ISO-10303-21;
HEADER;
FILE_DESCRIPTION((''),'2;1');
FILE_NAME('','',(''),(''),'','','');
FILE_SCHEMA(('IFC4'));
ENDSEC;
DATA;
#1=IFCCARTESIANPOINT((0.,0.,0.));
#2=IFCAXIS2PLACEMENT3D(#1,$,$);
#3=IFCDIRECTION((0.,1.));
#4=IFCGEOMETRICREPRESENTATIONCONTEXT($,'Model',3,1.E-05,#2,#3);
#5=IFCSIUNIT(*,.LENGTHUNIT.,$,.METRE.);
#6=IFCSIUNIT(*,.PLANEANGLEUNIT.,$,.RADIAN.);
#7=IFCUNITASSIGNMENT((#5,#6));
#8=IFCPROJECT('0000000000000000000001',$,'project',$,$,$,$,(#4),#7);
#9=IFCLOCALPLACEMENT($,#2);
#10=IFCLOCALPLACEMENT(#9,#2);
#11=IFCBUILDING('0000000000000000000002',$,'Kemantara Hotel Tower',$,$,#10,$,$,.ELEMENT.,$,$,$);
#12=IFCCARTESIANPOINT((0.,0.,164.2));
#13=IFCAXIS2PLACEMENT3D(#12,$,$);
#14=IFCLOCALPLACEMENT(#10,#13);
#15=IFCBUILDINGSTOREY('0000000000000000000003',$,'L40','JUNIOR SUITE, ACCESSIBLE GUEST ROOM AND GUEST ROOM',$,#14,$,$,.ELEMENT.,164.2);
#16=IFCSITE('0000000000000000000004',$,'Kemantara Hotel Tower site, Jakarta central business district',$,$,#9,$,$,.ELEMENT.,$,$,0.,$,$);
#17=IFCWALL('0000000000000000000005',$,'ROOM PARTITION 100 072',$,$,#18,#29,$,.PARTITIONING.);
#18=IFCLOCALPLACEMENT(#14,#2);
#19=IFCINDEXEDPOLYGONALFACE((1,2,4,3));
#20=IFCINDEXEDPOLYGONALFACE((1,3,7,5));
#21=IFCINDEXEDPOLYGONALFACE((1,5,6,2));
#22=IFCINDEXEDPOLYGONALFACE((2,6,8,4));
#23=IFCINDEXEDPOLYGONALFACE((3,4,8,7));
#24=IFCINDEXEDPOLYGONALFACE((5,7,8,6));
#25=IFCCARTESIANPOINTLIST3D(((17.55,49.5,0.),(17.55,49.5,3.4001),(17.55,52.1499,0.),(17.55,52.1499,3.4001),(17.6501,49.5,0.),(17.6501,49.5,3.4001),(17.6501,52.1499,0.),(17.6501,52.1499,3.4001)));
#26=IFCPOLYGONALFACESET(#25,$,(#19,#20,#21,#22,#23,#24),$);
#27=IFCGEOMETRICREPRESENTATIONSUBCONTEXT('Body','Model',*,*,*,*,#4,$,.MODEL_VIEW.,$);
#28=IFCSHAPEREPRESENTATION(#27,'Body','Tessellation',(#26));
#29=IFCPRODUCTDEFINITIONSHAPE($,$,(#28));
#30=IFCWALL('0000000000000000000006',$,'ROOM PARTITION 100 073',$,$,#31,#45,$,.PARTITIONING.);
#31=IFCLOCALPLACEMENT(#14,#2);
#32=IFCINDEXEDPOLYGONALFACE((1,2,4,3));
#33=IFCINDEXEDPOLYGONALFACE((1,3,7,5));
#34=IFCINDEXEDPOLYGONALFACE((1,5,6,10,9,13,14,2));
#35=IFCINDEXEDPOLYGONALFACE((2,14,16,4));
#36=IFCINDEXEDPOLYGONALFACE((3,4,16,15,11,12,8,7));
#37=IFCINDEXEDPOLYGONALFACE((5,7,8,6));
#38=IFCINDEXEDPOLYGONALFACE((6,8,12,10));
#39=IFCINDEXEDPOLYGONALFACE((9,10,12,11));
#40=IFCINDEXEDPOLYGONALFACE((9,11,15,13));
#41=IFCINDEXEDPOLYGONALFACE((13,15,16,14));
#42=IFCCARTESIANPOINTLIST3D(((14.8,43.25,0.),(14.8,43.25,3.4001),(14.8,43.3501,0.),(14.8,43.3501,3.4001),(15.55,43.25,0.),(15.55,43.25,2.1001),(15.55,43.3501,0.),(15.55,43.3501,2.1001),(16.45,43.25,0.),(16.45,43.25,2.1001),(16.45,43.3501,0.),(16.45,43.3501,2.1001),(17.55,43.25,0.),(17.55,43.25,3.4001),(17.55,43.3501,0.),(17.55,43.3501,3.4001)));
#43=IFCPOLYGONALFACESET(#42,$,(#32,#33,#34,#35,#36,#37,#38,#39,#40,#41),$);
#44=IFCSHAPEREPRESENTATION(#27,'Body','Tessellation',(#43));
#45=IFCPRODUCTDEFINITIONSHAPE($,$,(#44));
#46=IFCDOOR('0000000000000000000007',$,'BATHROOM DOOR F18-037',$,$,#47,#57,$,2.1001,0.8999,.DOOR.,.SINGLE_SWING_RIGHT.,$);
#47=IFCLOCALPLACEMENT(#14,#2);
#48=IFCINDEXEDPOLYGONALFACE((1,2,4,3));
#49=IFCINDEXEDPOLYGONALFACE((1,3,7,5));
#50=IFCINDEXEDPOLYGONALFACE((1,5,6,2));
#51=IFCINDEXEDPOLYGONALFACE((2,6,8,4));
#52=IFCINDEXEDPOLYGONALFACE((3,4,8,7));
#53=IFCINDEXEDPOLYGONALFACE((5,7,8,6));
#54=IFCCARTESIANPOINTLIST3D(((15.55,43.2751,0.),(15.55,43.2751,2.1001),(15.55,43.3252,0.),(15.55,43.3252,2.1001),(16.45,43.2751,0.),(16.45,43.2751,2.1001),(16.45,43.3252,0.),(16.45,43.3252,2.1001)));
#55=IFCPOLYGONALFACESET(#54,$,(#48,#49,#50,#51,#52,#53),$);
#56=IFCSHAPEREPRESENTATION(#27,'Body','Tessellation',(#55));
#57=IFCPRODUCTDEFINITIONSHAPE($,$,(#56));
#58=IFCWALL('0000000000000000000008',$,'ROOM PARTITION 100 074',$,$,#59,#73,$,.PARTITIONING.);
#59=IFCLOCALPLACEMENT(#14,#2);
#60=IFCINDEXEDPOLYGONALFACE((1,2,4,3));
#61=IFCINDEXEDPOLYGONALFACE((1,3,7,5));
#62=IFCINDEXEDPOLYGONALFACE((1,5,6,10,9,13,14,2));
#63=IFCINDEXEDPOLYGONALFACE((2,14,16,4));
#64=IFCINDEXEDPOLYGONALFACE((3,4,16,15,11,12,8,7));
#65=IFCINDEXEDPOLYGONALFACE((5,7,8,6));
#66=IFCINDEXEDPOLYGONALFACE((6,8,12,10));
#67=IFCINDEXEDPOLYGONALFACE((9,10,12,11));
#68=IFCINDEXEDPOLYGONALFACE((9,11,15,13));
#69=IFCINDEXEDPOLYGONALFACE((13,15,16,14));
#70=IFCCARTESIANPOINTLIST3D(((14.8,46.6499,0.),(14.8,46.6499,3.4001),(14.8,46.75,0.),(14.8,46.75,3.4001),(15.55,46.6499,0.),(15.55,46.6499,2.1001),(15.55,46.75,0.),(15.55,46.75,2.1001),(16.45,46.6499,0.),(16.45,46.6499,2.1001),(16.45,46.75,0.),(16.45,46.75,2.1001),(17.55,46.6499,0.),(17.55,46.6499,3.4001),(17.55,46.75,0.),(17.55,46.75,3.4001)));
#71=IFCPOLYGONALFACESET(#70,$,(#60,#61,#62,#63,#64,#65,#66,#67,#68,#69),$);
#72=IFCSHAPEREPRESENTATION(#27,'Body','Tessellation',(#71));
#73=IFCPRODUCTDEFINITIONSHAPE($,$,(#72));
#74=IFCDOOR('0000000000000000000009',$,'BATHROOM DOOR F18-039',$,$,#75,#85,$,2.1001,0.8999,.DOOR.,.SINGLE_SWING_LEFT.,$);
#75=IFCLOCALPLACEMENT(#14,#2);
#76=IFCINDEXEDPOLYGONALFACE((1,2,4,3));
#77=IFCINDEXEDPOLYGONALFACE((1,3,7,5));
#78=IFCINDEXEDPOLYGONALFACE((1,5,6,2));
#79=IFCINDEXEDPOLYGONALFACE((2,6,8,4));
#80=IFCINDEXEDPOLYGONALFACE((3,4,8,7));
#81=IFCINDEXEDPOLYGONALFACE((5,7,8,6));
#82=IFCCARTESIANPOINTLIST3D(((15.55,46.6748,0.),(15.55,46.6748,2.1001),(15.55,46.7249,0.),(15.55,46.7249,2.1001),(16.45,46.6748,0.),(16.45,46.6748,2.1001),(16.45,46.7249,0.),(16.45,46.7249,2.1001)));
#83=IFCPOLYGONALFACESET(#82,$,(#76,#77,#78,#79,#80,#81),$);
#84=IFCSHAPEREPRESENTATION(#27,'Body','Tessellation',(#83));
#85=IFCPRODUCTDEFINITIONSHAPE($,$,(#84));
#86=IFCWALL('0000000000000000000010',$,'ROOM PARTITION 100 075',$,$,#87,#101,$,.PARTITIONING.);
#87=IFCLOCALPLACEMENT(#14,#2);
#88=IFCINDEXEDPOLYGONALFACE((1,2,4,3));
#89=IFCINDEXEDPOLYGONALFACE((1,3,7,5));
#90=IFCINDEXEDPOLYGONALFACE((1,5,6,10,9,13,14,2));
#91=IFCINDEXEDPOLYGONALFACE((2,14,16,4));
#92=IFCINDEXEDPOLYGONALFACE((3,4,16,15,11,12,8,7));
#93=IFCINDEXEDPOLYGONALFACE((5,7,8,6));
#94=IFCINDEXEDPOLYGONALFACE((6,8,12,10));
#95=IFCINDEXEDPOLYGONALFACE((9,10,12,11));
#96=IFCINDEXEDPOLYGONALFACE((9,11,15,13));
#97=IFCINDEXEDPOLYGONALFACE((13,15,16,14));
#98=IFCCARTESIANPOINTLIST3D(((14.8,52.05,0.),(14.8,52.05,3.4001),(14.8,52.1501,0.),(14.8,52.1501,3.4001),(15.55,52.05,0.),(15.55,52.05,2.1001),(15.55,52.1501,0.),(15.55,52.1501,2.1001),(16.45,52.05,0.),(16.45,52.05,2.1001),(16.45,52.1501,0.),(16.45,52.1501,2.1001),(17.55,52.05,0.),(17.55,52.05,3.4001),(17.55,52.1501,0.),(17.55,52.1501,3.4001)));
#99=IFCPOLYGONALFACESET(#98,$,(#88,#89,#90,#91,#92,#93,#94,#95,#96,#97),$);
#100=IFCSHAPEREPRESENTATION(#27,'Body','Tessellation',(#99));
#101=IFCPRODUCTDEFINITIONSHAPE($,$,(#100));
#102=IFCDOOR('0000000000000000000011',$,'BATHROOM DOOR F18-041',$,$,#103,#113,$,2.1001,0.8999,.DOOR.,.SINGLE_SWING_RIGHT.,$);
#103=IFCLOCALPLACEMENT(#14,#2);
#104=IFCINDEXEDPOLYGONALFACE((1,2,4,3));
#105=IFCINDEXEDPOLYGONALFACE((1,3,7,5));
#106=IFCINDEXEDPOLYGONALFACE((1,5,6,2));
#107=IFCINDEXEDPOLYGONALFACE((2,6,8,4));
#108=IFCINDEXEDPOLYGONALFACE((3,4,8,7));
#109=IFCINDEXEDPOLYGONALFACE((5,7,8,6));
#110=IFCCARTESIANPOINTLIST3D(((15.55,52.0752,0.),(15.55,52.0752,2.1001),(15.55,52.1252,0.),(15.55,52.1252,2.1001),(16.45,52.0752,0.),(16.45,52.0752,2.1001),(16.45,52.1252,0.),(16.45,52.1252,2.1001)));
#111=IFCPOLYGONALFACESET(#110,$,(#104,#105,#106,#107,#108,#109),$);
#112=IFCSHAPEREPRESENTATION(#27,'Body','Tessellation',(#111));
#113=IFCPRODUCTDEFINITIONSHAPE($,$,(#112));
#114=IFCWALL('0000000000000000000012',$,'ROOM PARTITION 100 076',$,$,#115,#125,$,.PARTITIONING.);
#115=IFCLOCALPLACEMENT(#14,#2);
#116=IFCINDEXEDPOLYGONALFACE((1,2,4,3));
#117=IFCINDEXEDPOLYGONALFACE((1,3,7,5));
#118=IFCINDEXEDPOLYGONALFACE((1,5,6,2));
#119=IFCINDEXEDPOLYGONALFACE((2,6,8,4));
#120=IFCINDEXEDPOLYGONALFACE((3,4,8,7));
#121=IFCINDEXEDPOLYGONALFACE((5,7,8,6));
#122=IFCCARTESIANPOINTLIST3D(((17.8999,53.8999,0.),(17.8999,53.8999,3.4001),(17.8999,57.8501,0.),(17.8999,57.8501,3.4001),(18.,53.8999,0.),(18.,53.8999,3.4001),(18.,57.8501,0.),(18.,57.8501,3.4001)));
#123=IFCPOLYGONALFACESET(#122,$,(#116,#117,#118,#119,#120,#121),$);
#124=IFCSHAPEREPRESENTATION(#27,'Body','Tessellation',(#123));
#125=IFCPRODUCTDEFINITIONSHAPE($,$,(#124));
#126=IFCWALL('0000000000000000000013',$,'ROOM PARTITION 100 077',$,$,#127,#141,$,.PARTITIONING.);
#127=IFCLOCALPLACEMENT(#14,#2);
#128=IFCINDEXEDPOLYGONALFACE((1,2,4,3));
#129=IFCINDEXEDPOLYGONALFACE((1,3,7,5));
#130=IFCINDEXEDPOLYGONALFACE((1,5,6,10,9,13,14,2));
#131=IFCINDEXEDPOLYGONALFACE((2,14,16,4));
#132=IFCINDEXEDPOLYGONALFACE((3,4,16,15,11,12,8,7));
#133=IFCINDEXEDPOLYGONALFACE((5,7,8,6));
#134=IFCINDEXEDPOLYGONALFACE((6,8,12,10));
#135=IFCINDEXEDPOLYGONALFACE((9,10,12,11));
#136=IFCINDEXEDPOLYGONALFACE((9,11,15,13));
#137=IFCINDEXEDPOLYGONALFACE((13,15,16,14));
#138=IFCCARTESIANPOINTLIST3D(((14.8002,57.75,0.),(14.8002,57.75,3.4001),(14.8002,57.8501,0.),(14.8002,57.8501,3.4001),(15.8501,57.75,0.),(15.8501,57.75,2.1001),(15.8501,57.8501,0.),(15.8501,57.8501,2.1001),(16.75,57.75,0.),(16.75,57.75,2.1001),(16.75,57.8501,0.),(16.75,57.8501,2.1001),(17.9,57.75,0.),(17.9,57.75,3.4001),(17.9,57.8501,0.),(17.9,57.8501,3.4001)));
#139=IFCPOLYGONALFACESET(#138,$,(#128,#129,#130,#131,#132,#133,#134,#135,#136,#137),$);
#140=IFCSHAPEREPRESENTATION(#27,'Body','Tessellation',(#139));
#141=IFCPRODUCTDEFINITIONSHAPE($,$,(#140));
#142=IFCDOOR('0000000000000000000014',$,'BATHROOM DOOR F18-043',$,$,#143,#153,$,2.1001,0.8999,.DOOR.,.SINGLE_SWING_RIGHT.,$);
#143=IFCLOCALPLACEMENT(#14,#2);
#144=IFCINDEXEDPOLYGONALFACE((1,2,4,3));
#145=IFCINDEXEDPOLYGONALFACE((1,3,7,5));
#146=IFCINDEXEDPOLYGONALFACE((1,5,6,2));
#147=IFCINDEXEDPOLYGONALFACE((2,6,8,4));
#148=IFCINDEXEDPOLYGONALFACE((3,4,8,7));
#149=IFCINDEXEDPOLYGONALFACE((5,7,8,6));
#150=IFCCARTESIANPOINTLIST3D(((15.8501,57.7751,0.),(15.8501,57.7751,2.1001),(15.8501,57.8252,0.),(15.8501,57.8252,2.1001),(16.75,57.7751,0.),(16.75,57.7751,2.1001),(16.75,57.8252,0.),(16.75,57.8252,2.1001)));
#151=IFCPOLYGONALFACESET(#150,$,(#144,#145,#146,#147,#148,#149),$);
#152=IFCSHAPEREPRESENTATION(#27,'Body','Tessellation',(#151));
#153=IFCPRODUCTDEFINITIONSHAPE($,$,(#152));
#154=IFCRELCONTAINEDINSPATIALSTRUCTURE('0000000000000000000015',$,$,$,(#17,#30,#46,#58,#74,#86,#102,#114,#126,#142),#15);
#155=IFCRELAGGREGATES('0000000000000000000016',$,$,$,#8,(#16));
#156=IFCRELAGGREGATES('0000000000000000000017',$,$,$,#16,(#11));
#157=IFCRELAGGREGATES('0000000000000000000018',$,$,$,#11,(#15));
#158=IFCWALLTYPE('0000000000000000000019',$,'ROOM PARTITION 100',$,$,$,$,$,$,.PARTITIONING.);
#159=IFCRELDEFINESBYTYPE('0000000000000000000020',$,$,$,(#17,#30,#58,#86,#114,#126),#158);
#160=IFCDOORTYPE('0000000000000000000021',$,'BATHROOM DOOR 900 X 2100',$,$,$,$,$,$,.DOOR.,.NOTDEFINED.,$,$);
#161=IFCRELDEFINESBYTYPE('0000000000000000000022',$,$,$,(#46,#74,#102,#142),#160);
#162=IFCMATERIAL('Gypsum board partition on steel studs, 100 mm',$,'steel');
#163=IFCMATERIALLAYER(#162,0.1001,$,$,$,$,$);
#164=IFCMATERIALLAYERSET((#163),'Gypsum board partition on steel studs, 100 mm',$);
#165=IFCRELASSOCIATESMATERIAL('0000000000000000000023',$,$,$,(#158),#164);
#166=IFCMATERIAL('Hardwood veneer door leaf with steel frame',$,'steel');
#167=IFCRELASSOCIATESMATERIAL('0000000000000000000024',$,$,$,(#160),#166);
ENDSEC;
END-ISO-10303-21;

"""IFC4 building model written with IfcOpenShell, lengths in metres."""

from ifc_helpers import new_model, si_unit, direction, frame, frame_2d, origin, place, context, subcontext, project, spatial, rectangle, extrude, material, layer, layer_set, type_object, element, fill, save


model = new_model("IFC4")

# Units and contexts
model_context = context("Model", 3, precision=1e-05, world=origin(), true_north=direction((0.0, 1.0)))
body_context = subcontext(model_context, "Body", "Model", "MODEL_VIEW")
ifc_project = project(units=[si_unit("LENGTHUNIT", "METRE"), si_unit("PLANEANGLEUNIT", "RADIAN")], contexts=[model_context])

# Site, building, storey
site_placement = place(None, origin())
site = spatial("IfcSite", under=ifc_project, at=site_placement, Name="Kemantara Hotel Tower site, Jakarta central business district", CompositionType="ELEMENT", RefElevation=0.0)
building_placement = place(site_placement, origin())
building = spatial("IfcBuilding", under=site, at=building_placement, Name="Kemantara Hotel Tower", CompositionType="ELEMENT")
storey_placement = place(building_placement, frame((0.0, 0.0, 164.2)))
storey = spatial("IfcBuildingStorey", under=building, at=storey_placement, Name="L40", Description="JUNIOR SUITE, ACCESSIBLE GUEST ROOM AND GUEST ROOM", CompositionType="ELEMENT", Elevation=164.2)

# Shared definitions
ifc_material_1 = material(Name="Gypsum board partition on steel studs, 100 mm", Category="steel")
ifc_layer_1 = layer(ifc_material_1, 0.1001)
ifc_layer_set_1 = layer_set([ifc_layer_1], Name="Gypsum board partition on steel studs, 100 mm")
wall_type_1 = type_object("IfcWallType", Name="ROOM PARTITION 100", PredefinedType="PARTITIONING", material=ifc_layer_set_1)

# Shared definitions
ifc_material_2 = material(Name="Hardwood veneer door leaf with steel frame", Category="steel")

# Wall
wall_1_placement = place(storey_placement, frame((17.6001, 49.5, 0.0), z_axis=(0.0, 0.0, 1.0), x_axis=(0.0, 1.0, 0.0)))
element("IfcWall", 1, at=wall_1_placement, inside=storey, type_object=wall_type_1, Name="ROOM PARTITION 100 072", PredefinedType="PARTITIONING", context=body_context, shape_type="SweptSolid", body=[
    extrude(rectangle(XDim=2.6499, YDim=0.1001, at=frame_2d((1.325, 0.0))), origin(), (0.0, 0.0, 1.0), 3.4001),
])

# Walls, openings, doors
wall_2_placement = place(storey_placement, frame((17.55, 43.3, 0.0), z_axis=(0.0, 0.0, 1.0), x_axis=(-1.0, 0.0, 0.0)))
wall_2 = element("IfcWall", 2, at=wall_2_placement, inside=storey, type_object=wall_type_1, Name="ROOM PARTITION 100 073", PredefinedType="PARTITIONING", context=body_context, shape_type="SweptSolid", body=[
    extrude(rectangle(XDim=2.75, YDim=0.1001, at=frame_2d((1.375, 0.0))), origin(), (0.0, 0.0, 1.0), 3.4001),
])
opening_1_placement = place(wall_2_placement, frame((1.1001, 0.0, 0.0)))
opening_1 = element("IfcOpeningElement", 3, at=opening_1_placement, cuts=wall_2, PredefinedType="OPENING", context=body_context, shape_type="SweptSolid", body=[
    extrude(rectangle(XDim=0.8999, YDim=2.1001, at=frame_2d((0.45, 1.05))), frame((0.0, 0.0601, 0.0), z_axis=(0.0, -1.0, 0.0), x_axis=(1.0, 0.0, 0.0)), (0.0, 0.0, 1.0), 0.1201),
])
door_type_1 = type_object("IfcDoorType", Name="BATHROOM DOOR 900 X 2100", OperationType="NOTDEFINED", PredefinedType="DOOR", material=ifc_material_2)
door_1_placement = place(opening_1_placement, origin())
door_1 = element("IfcDoor", 4, at=door_1_placement, inside=storey, type_object=door_type_1, Name="BATHROOM DOOR F18-037", OperationType="SINGLE_SWING_RIGHT", OverallHeight=2.1001, OverallWidth=0.8999, PredefinedType="DOOR", context=body_context, shape_type="SweptSolid", body=[
    extrude(rectangle(XDim=0.8999, YDim=2.1001, at=frame_2d((0.45, 1.05))), frame((0.0, 0.0249, 0.0), z_axis=(0.0, -1.0, 0.0), x_axis=(1.0, 0.0, 0.0)), (0.0, 0.0, 1.0), 0.05),
])
fill(opening_1, door_1)
wall_3_placement = place(storey_placement, frame((14.8, 46.7, 0.0), z_axis=(0.0, 0.0, 1.0), x_axis=(1.0, 0.0, 0.0)))
wall_3 = element("IfcWall", 5, at=wall_3_placement, inside=storey, type_object=wall_type_1, Name="ROOM PARTITION 100 074", PredefinedType="PARTITIONING", context=body_context, shape_type="SweptSolid", body=[
    extrude(rectangle(XDim=2.75, YDim=0.1001, at=frame_2d((1.375, 0.0))), origin(), (0.0, 0.0, 1.0), 3.4001),
])
opening_2_placement = place(wall_3_placement, frame((0.75, 0.0, 0.0)))
opening_2 = element("IfcOpeningElement", 6, at=opening_2_placement, cuts=wall_3, PredefinedType="OPENING", context=body_context, shape_type="SweptSolid", body=[
    extrude(rectangle(XDim=0.8999, YDim=2.1001, at=frame_2d((0.45, 1.05))), frame((0.0, 0.0601, 0.0), z_axis=(0.0, -1.0, 0.0), x_axis=(1.0, 0.0, 0.0)), (0.0, 0.0, 1.0), 0.1201),
])
door_2_placement = place(opening_2_placement, origin())
door_2 = element("IfcDoor", 7, at=door_2_placement, inside=storey, type_object=door_type_1, Name="BATHROOM DOOR F18-039", OperationType="SINGLE_SWING_LEFT", OverallHeight=2.1001, OverallWidth=0.8999, PredefinedType="DOOR", context=body_context, shape_type="SweptSolid", body=[
    extrude(rectangle(XDim=0.8999, YDim=2.1001, at=frame_2d((0.45, 1.05))), frame((0.0, 0.0249, 0.0), z_axis=(0.0, -1.0, 0.0), x_axis=(1.0, 0.0, 0.0)), (0.0, 0.0, 1.0), 0.05),
])
fill(opening_2, door_2)
wall_4_placement = place(storey_placement, frame((17.55, 52.1001, 0.0), z_axis=(0.0, 0.0, 1.0), x_axis=(-1.0, 0.0, 0.0)))
wall_4 = element("IfcWall", 8, at=wall_4_placement, inside=storey, type_object=wall_type_1, Name="ROOM PARTITION 100 075", PredefinedType="PARTITIONING", context=body_context, shape_type="SweptSolid", body=[
    extrude(rectangle(XDim=2.75, YDim=0.1001, at=frame_2d((1.375, 0.0))), origin(), (0.0, 0.0, 1.0), 3.4001),
])
opening_3_placement = place(wall_4_placement, frame((1.1001, 0.0, 0.0)))
opening_3 = element("IfcOpeningElement", 9, at=opening_3_placement, cuts=wall_4, PredefinedType="OPENING", context=body_context, shape_type="SweptSolid", body=[
    extrude(rectangle(XDim=0.8999, YDim=2.1001, at=frame_2d((0.45, 1.05))), frame((0.0, 0.0601, 0.0), z_axis=(0.0, -1.0, 0.0), x_axis=(1.0, 0.0, 0.0)), (0.0, 0.0, 1.0), 0.1201),
])
door_3_placement = place(opening_3_placement, origin())
door_3 = element("IfcDoor", 10, at=door_3_placement, inside=storey, type_object=door_type_1, Name="BATHROOM DOOR F18-041", OperationType="SINGLE_SWING_RIGHT", OverallHeight=2.1001, OverallWidth=0.8999, PredefinedType="DOOR", context=body_context, shape_type="SweptSolid", body=[
    extrude(rectangle(XDim=0.8999, YDim=2.1001, at=frame_2d((0.45, 1.05))), frame((0.0, 0.0249, 0.0), z_axis=(0.0, -1.0, 0.0), x_axis=(1.0, 0.0, 0.0)), (0.0, 0.0, 1.0), 0.05),
])
fill(opening_3, door_3)

# Wall
wall_5_placement = place(storey_placement, frame((17.95, 53.8999, 0.0), z_axis=(0.0, 0.0, 1.0), x_axis=(0.0, 1.0, 0.0)))
element("IfcWall", 11, at=wall_5_placement, inside=storey, type_object=wall_type_1, Name="ROOM PARTITION 100 076", PredefinedType="PARTITIONING", context=body_context, shape_type="SweptSolid", body=[
    extrude(rectangle(XDim=3.9502, YDim=0.1001, at=frame_2d((1.9751, 0.0))), origin(), (0.0, 0.0, 1.0), 3.4001),
])

# Wall, opening, door
wall_6_placement = place(storey_placement, frame((17.8999, 57.8, 0.0), z_axis=(0.0, 0.0, 1.0), x_axis=(-1.0, 0.0, 0.0)))
wall_6 = element("IfcWall", 12, at=wall_6_placement, inside=storey, type_object=wall_type_1, Name="ROOM PARTITION 100 077", PredefinedType="PARTITIONING", context=body_context, shape_type="SweptSolid", body=[
    extrude(rectangle(XDim=3.0999, YDim=0.1001, at=frame_2d((1.5498, 0.0))), origin(), (0.0, 0.0, 1.0), 3.4001),
])
opening_4_placement = place(wall_6_placement, frame((1.1499, 0.0, 0.0)))
opening_4 = element("IfcOpeningElement", 13, at=opening_4_placement, cuts=wall_6, PredefinedType="OPENING", context=body_context, shape_type="SweptSolid", body=[
    extrude(rectangle(XDim=0.8999, YDim=2.1001, at=frame_2d((0.45, 1.05))), frame((0.0, 0.0601, 0.0), z_axis=(0.0, -1.0, 0.0), x_axis=(1.0, 0.0, 0.0)), (0.0, 0.0, 1.0), 0.1201),
])
door_4_placement = place(opening_4_placement, origin())
door_4 = element("IfcDoor", 14, at=door_4_placement, inside=storey, type_object=door_type_1, Name="BATHROOM DOOR F18-043", OperationType="SINGLE_SWING_RIGHT", OverallHeight=2.1001, OverallWidth=0.8999, PredefinedType="DOOR", context=body_context, shape_type="SweptSolid", body=[
    extrude(rectangle(XDim=0.8999, YDim=2.1001, at=frame_2d((0.45, 1.05))), frame((0.0, 0.0249, 0.0), z_axis=(0.0, -1.0, 0.0), x_axis=(1.0, 0.0, 0.0)), (0.0, 0.0, 1.0), 0.05),
])
fill(opening_4, door_4)

save(model, "model.ifc")
